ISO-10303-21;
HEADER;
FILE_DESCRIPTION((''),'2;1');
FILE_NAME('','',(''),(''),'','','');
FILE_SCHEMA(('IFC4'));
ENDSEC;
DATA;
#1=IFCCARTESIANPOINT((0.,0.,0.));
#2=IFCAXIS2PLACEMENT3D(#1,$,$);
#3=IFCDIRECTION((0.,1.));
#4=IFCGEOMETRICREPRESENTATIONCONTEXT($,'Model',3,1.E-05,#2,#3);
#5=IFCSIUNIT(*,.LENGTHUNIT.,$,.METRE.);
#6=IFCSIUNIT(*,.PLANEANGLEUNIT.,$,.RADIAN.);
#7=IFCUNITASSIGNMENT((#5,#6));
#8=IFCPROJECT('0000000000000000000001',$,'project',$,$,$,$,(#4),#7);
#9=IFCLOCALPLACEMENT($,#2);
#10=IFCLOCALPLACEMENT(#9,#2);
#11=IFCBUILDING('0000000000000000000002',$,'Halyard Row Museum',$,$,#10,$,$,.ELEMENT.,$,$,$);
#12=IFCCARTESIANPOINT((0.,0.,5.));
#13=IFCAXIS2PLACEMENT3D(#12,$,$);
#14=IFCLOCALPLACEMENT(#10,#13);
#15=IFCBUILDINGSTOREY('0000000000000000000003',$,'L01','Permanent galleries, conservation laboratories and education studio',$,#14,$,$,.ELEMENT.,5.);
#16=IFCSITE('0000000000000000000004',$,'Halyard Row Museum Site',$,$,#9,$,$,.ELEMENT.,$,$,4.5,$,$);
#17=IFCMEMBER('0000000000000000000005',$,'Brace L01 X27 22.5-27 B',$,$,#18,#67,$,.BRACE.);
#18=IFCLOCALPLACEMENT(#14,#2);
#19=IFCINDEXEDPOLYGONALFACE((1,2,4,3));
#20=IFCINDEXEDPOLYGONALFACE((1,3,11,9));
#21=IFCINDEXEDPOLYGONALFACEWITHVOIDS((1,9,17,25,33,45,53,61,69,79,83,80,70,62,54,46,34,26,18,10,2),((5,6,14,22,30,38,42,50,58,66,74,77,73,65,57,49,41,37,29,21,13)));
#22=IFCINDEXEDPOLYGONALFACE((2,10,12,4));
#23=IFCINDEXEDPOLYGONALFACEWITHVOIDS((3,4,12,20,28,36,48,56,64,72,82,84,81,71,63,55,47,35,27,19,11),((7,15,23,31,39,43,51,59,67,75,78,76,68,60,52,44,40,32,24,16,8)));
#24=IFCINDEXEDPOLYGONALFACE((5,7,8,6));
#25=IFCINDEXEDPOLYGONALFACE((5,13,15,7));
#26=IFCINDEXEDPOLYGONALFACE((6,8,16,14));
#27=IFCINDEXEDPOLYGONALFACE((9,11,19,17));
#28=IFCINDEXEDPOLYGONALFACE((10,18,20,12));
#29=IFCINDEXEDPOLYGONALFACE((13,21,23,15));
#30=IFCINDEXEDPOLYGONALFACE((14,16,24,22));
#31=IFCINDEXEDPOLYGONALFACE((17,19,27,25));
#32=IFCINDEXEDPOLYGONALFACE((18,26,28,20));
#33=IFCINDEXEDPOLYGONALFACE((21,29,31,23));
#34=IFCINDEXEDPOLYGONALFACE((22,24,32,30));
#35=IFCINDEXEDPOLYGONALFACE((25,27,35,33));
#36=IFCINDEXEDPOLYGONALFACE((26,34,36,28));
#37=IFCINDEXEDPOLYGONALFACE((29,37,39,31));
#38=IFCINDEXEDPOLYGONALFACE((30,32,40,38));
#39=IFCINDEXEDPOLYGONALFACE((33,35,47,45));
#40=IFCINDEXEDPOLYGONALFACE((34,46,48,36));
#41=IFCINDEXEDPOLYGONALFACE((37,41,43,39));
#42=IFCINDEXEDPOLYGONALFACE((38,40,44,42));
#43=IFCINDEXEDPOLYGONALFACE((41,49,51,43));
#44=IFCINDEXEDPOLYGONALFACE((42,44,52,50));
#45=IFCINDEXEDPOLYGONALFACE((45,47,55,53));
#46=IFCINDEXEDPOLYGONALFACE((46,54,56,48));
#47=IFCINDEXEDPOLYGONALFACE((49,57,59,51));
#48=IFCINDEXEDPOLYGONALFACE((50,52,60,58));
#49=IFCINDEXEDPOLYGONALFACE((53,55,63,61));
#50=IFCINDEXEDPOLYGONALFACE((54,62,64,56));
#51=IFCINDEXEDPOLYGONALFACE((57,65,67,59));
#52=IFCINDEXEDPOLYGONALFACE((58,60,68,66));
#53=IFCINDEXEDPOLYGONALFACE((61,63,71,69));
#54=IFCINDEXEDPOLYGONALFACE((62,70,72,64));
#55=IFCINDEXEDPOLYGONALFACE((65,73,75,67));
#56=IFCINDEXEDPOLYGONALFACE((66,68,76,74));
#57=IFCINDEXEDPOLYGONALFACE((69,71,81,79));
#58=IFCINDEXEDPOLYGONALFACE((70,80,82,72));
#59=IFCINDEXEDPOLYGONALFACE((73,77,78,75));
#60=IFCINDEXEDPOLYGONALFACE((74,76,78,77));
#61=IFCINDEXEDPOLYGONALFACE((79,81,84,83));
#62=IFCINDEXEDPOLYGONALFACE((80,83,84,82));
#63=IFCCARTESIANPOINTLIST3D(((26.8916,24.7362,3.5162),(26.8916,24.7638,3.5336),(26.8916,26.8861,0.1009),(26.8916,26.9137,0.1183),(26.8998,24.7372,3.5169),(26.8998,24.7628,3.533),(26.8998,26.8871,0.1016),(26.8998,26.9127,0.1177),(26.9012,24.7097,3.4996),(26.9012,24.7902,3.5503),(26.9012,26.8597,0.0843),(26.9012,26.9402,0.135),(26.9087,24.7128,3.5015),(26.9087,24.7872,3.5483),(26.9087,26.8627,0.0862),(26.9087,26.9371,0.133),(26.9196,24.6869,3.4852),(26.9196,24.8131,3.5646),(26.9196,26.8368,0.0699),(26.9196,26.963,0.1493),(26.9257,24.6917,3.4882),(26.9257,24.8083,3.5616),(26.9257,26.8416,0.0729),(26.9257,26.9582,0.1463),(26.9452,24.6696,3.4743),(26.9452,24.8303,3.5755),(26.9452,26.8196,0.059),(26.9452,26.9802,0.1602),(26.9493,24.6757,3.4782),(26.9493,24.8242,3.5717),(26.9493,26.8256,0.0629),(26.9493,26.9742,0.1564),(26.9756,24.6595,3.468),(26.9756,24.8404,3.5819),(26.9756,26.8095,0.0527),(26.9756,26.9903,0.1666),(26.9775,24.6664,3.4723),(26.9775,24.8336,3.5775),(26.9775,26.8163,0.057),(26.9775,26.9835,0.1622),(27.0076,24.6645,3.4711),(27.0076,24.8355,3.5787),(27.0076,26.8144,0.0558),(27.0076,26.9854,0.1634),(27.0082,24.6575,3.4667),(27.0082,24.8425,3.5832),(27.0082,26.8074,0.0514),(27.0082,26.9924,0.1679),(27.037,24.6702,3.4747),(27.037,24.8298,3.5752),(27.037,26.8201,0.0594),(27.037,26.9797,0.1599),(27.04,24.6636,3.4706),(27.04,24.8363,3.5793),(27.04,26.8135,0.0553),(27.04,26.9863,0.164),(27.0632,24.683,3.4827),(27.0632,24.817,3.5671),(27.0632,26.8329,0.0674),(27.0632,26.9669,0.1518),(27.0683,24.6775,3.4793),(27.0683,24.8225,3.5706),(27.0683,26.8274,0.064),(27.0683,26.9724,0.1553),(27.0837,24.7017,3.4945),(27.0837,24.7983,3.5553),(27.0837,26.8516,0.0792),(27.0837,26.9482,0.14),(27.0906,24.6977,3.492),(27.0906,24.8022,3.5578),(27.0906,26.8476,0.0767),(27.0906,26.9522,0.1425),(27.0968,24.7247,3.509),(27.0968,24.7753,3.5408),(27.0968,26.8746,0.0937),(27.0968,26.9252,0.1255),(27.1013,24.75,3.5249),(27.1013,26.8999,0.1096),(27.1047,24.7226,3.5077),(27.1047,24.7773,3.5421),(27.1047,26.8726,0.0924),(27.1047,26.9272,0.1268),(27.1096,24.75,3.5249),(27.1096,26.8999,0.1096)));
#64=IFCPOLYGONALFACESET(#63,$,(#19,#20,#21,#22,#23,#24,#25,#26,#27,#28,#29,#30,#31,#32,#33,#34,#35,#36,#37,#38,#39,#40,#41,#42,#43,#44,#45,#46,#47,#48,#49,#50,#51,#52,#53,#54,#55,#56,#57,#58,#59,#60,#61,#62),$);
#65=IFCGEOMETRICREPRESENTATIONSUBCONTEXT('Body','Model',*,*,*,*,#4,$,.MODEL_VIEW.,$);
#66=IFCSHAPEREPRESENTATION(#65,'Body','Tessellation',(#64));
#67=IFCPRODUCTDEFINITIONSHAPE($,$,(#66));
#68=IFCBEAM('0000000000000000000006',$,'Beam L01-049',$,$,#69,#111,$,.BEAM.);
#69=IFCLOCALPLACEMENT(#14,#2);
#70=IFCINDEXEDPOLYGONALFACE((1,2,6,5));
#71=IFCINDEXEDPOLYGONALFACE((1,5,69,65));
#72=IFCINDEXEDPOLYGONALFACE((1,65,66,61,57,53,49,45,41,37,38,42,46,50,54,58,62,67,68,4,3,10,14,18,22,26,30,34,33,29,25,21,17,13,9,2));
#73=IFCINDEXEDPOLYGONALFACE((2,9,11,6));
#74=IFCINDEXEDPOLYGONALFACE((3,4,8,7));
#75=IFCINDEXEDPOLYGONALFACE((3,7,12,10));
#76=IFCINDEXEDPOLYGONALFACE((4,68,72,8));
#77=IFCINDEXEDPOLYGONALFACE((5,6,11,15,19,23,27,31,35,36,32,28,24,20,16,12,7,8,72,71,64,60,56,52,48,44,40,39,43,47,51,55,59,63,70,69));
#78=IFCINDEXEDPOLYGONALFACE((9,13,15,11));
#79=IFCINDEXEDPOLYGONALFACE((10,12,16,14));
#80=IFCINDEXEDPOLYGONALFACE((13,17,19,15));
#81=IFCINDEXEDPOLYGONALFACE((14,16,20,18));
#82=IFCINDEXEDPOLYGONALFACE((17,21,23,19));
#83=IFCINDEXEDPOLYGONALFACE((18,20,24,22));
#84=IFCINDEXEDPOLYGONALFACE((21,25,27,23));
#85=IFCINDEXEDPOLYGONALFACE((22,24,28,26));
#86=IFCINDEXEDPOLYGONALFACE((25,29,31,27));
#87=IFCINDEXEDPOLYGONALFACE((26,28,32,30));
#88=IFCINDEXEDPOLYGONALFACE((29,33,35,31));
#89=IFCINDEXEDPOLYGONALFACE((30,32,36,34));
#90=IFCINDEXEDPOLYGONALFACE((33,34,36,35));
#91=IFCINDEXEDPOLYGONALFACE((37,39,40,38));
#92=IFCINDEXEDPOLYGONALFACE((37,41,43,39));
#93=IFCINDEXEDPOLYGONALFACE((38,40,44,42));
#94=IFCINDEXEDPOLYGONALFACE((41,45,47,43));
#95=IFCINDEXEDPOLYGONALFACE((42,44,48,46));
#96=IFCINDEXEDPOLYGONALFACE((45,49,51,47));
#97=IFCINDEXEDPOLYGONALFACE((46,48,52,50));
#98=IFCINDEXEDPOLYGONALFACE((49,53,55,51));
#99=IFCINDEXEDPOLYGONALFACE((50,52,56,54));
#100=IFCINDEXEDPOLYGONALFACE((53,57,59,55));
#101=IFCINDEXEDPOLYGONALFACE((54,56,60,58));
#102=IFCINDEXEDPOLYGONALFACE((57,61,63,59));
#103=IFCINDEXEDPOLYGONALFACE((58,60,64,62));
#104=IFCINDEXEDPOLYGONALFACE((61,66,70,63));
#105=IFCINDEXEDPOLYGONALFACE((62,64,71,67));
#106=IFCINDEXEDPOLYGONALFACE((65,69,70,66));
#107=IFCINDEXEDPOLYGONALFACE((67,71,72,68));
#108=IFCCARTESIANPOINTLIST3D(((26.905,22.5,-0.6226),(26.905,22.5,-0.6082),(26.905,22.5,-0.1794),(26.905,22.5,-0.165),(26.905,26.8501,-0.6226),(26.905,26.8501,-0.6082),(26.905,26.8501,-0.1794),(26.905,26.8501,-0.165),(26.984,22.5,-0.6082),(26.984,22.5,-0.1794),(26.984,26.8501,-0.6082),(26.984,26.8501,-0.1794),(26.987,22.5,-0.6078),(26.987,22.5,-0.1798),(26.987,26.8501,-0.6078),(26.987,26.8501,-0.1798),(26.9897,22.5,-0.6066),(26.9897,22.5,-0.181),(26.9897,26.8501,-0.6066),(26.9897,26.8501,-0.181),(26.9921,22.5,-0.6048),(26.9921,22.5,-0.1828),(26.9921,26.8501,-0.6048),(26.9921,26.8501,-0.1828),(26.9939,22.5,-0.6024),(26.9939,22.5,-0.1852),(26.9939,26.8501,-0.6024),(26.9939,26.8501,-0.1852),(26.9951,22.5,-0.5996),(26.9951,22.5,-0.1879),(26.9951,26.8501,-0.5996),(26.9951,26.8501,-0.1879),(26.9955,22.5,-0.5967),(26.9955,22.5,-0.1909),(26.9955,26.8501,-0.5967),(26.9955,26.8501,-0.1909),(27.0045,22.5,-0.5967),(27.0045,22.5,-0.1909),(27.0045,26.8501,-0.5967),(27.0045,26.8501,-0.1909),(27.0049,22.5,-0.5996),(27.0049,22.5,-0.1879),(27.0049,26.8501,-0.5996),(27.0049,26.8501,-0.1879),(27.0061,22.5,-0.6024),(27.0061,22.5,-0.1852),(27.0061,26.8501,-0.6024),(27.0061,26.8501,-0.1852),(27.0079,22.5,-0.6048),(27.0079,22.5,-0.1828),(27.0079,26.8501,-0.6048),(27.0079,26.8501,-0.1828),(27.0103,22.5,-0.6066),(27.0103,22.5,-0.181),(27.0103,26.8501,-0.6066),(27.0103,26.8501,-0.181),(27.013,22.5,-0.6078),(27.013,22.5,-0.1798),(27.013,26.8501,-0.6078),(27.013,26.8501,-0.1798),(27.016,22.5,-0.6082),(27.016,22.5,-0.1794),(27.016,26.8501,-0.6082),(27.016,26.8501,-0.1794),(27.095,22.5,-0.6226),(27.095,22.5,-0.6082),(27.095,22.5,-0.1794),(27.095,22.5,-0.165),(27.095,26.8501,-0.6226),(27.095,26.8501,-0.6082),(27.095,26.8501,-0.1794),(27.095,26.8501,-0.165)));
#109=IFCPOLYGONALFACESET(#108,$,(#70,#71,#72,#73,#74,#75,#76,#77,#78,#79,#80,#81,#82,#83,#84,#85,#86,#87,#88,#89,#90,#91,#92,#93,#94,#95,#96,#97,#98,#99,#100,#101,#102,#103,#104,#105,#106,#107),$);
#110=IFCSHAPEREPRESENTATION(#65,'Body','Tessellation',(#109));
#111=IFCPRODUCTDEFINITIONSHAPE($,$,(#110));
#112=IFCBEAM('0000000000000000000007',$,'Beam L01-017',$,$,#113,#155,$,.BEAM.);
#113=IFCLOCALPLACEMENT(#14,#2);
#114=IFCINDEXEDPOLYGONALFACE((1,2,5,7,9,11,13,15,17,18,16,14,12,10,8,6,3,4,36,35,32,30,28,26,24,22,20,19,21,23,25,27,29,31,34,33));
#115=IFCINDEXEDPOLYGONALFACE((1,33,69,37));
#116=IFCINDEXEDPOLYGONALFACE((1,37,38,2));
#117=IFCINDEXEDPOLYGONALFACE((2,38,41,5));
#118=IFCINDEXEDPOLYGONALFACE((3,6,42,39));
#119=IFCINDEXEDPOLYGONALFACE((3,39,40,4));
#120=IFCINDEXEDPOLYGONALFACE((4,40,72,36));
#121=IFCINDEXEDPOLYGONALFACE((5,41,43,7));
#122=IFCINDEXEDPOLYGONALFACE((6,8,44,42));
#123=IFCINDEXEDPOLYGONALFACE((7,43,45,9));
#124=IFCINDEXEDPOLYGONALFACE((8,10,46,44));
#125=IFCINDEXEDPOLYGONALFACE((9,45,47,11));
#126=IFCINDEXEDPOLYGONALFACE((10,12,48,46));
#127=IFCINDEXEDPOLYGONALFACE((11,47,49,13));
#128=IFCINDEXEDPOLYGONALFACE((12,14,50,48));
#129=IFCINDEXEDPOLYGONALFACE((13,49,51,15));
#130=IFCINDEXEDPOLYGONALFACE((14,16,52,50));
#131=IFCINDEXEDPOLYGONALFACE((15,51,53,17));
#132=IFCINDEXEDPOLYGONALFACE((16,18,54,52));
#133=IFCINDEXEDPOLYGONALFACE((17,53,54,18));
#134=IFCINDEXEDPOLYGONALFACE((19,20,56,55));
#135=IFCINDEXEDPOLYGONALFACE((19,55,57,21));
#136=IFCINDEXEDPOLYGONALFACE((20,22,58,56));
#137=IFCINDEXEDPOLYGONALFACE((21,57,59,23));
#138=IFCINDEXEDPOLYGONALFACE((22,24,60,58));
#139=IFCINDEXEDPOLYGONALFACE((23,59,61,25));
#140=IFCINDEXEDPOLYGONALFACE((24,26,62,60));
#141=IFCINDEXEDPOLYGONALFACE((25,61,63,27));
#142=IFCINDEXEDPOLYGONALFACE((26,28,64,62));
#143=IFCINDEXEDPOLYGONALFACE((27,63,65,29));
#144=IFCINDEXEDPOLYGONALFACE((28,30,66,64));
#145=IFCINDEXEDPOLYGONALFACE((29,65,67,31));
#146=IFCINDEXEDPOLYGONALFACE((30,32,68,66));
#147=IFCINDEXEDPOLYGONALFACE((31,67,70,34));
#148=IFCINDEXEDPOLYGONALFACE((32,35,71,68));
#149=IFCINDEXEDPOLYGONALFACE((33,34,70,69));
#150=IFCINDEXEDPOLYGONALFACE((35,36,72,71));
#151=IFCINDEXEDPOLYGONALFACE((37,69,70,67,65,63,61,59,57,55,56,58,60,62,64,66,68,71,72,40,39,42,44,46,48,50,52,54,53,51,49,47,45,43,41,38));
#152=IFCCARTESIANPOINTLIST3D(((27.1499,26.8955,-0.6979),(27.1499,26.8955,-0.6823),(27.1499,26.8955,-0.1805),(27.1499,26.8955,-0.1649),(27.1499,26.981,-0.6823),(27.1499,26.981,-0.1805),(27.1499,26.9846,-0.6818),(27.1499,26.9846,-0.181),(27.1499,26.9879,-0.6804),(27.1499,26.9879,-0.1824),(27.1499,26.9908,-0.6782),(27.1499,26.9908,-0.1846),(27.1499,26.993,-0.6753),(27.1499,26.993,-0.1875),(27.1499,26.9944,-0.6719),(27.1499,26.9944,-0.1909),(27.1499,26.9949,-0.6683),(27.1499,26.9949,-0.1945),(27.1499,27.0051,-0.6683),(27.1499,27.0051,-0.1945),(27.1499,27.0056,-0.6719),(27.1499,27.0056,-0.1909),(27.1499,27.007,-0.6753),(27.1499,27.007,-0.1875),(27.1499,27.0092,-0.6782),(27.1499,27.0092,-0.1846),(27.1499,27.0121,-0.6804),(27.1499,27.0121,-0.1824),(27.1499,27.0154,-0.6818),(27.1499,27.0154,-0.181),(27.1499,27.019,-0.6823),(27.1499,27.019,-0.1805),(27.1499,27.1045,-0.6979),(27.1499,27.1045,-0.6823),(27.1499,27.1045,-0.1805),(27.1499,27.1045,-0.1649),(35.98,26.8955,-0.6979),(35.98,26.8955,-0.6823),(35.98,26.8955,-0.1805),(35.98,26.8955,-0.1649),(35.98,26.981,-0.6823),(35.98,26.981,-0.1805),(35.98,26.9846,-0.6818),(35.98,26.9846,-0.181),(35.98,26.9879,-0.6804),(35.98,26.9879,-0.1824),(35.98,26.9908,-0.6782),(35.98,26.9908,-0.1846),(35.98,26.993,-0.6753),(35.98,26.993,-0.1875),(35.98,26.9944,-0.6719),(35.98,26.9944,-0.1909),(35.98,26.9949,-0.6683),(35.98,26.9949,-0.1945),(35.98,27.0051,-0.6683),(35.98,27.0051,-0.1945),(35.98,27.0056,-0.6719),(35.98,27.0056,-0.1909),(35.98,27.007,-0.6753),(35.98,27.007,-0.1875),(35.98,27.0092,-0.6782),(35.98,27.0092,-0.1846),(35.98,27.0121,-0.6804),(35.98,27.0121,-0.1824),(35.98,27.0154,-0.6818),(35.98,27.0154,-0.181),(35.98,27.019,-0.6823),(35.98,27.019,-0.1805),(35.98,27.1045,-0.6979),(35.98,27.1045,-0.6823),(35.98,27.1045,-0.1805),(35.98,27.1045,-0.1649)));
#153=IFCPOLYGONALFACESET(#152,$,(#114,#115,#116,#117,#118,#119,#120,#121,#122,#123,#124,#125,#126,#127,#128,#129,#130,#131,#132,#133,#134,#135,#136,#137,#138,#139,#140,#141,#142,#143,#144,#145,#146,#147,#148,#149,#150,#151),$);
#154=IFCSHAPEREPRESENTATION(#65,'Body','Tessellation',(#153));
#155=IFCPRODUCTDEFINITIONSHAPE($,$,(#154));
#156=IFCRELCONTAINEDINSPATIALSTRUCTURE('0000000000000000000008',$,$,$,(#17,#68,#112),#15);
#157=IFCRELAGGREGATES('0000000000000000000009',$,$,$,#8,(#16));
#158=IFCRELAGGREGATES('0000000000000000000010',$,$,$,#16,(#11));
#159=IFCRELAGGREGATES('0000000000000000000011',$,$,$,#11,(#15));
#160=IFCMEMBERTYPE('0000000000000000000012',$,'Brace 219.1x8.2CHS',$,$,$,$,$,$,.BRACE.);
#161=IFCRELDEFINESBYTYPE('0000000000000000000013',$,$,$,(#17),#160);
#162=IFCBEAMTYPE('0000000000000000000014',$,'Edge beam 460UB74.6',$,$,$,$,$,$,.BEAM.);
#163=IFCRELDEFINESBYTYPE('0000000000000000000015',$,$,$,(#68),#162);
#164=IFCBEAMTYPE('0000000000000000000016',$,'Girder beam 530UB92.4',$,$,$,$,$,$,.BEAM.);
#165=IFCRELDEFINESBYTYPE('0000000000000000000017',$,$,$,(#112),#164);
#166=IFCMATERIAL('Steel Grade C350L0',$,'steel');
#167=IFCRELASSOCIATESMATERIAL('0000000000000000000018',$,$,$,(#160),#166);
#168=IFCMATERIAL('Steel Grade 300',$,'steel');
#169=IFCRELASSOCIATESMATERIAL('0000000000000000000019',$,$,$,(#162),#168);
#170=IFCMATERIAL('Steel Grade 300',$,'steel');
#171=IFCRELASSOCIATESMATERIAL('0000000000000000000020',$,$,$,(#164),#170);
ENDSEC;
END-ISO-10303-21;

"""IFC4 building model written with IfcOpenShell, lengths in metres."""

from ifc_helpers import new_model, si_unit, direction, frame, origin, origin_2d, place, context, subcontext, project, spatial, hollow_circle, i_section, extrude, material, material_profile, profile_set, type_object, element, save


model = new_model("IFC4")

# Units and contexts
model_context = context("Model", 3, precision=1e-05, world=origin(), true_north=direction((0.0, 1.0)))
body_context = subcontext(model_context, "Body", "Model", "MODEL_VIEW")
ifc_project = project(units=[si_unit("LENGTHUNIT", "METRE"), si_unit("PLANEANGLEUNIT", "RADIAN")], contexts=[model_context])

# Site, building, storey
site_placement = place(None, origin())
site = spatial("IfcSite", under=ifc_project, at=site_placement, Name="Halyard Row Museum Site", CompositionType="ELEMENT", RefElevation=4.5)
building_placement = place(site_placement, origin())
building = spatial("IfcBuilding", under=site, at=building_placement, Name="Halyard Row Museum", CompositionType="ELEMENT")
storey_placement = place(building_placement, frame((0.0, 0.0, 5.0)))
storey = spatial("IfcBuildingStorey", under=building, at=storey_placement, Name="L01", Description="Permanent galleries, conservation laboratories and education studio", CompositionType="ELEMENT", Elevation=5.0)

# Member
ifc_material_1 = material(Name="Steel Grade C350L0", Category="steel")
ifc_material_profile_1 = material_profile(ifc_material_1, hollow_circle(Radius=0.1096, WallThickness=0.0083, at=origin_2d()), Name="219.1x8.2CHS")
ifc_profile_set_1 = profile_set([ifc_material_profile_1], Name="Steel Grade C350L0")
member_type_1 = type_object("IfcMemberType", Name="Brace 219.1x8.2CHS", PredefinedType="BRACE", material=ifc_profile_set_1)
member_1_placement = place(storey_placement, frame((27.0, 26.8999, 0.1096), z_axis=(0.0, -0.532731, 0.846284), x_axis=(1.0, 0.0, 0.0)))
element("IfcMember", 1, at=member_1_placement, inside=storey, type_object=member_type_1, Name="Brace L01 X27 22.5-27 B", PredefinedType="BRACE", context=body_context, shape_type="SweptSolid", body=[
    extrude(hollow_circle(Radius=0.1096, WallThickness=0.0083, at=origin_2d()), origin(), (0.0, 0.0, 1.0), 4.0356),
])

# Beams
ifc_material_2 = material(Name="Steel Grade 300", Category="steel")
ifc_material_profile_2 = material_profile(ifc_material_2, i_section(OverallWidth=0.1899, OverallDepth=0.4575, WebThickness=0.009, FlangeThickness=0.0144, FilletRadius=0.0115, at=origin_2d()), Name="460UB74.6")
ifc_profile_set_2 = profile_set([ifc_material_profile_2], Name="Steel Grade 300")
beam_type_1 = type_object("IfcBeamType", Name="Edge beam 460UB74.6", PredefinedType="BEAM", material=ifc_profile_set_2)
beam_1_placement = place(storey_placement, frame((27.0, 22.5, -0.3938), z_axis=(0.0, 1.0, 0.0), x_axis=(-1.0, 0.0, 0.0)))
element("IfcBeam", 2, at=beam_1_placement, inside=storey, type_object=beam_type_1, Name="Beam L01-049", PredefinedType="BEAM", context=body_context, shape_type="SweptSolid", body=[
    extrude(i_section(OverallWidth=0.1899, OverallDepth=0.4575, WebThickness=0.009, FlangeThickness=0.0144, FilletRadius=0.0115, at=origin_2d()), origin(), (0.0, 0.0, 1.0), 4.3501),
])
ifc_material_3 = material(Name="Steel Grade 300", Category="steel")
ifc_material_profile_3 = material_profile(ifc_material_3, i_section(OverallWidth=0.209, OverallDepth=0.533, WebThickness=0.0103, FlangeThickness=0.0156, FilletRadius=0.0139, at=origin_2d()), Name="530UB92.4")
ifc_profile_set_3 = profile_set([ifc_material_profile_3], Name="Steel Grade 300")
beam_type_2 = type_object("IfcBeamType", Name="Girder beam 530UB92.4", PredefinedType="BEAM", material=ifc_profile_set_3)
beam_2_placement = place(storey_placement, frame((27.1499, 27.0, -0.4314), z_axis=(1.0, 0.0, 0.0), x_axis=(0.0, 1.0, 0.0)))
element("IfcBeam", 3, at=beam_2_placement, inside=storey, type_object=beam_type_2, Name="Beam L01-017", PredefinedType="BEAM", context=body_context, shape_type="SweptSolid", body=[
    extrude(i_section(OverallWidth=0.209, OverallDepth=0.533, WebThickness=0.0103, FlangeThickness=0.0156, FilletRadius=0.0139, at=origin_2d()), origin(), (0.0, 0.0, 1.0), 8.8301),
])

save(model, "model.ifc")
